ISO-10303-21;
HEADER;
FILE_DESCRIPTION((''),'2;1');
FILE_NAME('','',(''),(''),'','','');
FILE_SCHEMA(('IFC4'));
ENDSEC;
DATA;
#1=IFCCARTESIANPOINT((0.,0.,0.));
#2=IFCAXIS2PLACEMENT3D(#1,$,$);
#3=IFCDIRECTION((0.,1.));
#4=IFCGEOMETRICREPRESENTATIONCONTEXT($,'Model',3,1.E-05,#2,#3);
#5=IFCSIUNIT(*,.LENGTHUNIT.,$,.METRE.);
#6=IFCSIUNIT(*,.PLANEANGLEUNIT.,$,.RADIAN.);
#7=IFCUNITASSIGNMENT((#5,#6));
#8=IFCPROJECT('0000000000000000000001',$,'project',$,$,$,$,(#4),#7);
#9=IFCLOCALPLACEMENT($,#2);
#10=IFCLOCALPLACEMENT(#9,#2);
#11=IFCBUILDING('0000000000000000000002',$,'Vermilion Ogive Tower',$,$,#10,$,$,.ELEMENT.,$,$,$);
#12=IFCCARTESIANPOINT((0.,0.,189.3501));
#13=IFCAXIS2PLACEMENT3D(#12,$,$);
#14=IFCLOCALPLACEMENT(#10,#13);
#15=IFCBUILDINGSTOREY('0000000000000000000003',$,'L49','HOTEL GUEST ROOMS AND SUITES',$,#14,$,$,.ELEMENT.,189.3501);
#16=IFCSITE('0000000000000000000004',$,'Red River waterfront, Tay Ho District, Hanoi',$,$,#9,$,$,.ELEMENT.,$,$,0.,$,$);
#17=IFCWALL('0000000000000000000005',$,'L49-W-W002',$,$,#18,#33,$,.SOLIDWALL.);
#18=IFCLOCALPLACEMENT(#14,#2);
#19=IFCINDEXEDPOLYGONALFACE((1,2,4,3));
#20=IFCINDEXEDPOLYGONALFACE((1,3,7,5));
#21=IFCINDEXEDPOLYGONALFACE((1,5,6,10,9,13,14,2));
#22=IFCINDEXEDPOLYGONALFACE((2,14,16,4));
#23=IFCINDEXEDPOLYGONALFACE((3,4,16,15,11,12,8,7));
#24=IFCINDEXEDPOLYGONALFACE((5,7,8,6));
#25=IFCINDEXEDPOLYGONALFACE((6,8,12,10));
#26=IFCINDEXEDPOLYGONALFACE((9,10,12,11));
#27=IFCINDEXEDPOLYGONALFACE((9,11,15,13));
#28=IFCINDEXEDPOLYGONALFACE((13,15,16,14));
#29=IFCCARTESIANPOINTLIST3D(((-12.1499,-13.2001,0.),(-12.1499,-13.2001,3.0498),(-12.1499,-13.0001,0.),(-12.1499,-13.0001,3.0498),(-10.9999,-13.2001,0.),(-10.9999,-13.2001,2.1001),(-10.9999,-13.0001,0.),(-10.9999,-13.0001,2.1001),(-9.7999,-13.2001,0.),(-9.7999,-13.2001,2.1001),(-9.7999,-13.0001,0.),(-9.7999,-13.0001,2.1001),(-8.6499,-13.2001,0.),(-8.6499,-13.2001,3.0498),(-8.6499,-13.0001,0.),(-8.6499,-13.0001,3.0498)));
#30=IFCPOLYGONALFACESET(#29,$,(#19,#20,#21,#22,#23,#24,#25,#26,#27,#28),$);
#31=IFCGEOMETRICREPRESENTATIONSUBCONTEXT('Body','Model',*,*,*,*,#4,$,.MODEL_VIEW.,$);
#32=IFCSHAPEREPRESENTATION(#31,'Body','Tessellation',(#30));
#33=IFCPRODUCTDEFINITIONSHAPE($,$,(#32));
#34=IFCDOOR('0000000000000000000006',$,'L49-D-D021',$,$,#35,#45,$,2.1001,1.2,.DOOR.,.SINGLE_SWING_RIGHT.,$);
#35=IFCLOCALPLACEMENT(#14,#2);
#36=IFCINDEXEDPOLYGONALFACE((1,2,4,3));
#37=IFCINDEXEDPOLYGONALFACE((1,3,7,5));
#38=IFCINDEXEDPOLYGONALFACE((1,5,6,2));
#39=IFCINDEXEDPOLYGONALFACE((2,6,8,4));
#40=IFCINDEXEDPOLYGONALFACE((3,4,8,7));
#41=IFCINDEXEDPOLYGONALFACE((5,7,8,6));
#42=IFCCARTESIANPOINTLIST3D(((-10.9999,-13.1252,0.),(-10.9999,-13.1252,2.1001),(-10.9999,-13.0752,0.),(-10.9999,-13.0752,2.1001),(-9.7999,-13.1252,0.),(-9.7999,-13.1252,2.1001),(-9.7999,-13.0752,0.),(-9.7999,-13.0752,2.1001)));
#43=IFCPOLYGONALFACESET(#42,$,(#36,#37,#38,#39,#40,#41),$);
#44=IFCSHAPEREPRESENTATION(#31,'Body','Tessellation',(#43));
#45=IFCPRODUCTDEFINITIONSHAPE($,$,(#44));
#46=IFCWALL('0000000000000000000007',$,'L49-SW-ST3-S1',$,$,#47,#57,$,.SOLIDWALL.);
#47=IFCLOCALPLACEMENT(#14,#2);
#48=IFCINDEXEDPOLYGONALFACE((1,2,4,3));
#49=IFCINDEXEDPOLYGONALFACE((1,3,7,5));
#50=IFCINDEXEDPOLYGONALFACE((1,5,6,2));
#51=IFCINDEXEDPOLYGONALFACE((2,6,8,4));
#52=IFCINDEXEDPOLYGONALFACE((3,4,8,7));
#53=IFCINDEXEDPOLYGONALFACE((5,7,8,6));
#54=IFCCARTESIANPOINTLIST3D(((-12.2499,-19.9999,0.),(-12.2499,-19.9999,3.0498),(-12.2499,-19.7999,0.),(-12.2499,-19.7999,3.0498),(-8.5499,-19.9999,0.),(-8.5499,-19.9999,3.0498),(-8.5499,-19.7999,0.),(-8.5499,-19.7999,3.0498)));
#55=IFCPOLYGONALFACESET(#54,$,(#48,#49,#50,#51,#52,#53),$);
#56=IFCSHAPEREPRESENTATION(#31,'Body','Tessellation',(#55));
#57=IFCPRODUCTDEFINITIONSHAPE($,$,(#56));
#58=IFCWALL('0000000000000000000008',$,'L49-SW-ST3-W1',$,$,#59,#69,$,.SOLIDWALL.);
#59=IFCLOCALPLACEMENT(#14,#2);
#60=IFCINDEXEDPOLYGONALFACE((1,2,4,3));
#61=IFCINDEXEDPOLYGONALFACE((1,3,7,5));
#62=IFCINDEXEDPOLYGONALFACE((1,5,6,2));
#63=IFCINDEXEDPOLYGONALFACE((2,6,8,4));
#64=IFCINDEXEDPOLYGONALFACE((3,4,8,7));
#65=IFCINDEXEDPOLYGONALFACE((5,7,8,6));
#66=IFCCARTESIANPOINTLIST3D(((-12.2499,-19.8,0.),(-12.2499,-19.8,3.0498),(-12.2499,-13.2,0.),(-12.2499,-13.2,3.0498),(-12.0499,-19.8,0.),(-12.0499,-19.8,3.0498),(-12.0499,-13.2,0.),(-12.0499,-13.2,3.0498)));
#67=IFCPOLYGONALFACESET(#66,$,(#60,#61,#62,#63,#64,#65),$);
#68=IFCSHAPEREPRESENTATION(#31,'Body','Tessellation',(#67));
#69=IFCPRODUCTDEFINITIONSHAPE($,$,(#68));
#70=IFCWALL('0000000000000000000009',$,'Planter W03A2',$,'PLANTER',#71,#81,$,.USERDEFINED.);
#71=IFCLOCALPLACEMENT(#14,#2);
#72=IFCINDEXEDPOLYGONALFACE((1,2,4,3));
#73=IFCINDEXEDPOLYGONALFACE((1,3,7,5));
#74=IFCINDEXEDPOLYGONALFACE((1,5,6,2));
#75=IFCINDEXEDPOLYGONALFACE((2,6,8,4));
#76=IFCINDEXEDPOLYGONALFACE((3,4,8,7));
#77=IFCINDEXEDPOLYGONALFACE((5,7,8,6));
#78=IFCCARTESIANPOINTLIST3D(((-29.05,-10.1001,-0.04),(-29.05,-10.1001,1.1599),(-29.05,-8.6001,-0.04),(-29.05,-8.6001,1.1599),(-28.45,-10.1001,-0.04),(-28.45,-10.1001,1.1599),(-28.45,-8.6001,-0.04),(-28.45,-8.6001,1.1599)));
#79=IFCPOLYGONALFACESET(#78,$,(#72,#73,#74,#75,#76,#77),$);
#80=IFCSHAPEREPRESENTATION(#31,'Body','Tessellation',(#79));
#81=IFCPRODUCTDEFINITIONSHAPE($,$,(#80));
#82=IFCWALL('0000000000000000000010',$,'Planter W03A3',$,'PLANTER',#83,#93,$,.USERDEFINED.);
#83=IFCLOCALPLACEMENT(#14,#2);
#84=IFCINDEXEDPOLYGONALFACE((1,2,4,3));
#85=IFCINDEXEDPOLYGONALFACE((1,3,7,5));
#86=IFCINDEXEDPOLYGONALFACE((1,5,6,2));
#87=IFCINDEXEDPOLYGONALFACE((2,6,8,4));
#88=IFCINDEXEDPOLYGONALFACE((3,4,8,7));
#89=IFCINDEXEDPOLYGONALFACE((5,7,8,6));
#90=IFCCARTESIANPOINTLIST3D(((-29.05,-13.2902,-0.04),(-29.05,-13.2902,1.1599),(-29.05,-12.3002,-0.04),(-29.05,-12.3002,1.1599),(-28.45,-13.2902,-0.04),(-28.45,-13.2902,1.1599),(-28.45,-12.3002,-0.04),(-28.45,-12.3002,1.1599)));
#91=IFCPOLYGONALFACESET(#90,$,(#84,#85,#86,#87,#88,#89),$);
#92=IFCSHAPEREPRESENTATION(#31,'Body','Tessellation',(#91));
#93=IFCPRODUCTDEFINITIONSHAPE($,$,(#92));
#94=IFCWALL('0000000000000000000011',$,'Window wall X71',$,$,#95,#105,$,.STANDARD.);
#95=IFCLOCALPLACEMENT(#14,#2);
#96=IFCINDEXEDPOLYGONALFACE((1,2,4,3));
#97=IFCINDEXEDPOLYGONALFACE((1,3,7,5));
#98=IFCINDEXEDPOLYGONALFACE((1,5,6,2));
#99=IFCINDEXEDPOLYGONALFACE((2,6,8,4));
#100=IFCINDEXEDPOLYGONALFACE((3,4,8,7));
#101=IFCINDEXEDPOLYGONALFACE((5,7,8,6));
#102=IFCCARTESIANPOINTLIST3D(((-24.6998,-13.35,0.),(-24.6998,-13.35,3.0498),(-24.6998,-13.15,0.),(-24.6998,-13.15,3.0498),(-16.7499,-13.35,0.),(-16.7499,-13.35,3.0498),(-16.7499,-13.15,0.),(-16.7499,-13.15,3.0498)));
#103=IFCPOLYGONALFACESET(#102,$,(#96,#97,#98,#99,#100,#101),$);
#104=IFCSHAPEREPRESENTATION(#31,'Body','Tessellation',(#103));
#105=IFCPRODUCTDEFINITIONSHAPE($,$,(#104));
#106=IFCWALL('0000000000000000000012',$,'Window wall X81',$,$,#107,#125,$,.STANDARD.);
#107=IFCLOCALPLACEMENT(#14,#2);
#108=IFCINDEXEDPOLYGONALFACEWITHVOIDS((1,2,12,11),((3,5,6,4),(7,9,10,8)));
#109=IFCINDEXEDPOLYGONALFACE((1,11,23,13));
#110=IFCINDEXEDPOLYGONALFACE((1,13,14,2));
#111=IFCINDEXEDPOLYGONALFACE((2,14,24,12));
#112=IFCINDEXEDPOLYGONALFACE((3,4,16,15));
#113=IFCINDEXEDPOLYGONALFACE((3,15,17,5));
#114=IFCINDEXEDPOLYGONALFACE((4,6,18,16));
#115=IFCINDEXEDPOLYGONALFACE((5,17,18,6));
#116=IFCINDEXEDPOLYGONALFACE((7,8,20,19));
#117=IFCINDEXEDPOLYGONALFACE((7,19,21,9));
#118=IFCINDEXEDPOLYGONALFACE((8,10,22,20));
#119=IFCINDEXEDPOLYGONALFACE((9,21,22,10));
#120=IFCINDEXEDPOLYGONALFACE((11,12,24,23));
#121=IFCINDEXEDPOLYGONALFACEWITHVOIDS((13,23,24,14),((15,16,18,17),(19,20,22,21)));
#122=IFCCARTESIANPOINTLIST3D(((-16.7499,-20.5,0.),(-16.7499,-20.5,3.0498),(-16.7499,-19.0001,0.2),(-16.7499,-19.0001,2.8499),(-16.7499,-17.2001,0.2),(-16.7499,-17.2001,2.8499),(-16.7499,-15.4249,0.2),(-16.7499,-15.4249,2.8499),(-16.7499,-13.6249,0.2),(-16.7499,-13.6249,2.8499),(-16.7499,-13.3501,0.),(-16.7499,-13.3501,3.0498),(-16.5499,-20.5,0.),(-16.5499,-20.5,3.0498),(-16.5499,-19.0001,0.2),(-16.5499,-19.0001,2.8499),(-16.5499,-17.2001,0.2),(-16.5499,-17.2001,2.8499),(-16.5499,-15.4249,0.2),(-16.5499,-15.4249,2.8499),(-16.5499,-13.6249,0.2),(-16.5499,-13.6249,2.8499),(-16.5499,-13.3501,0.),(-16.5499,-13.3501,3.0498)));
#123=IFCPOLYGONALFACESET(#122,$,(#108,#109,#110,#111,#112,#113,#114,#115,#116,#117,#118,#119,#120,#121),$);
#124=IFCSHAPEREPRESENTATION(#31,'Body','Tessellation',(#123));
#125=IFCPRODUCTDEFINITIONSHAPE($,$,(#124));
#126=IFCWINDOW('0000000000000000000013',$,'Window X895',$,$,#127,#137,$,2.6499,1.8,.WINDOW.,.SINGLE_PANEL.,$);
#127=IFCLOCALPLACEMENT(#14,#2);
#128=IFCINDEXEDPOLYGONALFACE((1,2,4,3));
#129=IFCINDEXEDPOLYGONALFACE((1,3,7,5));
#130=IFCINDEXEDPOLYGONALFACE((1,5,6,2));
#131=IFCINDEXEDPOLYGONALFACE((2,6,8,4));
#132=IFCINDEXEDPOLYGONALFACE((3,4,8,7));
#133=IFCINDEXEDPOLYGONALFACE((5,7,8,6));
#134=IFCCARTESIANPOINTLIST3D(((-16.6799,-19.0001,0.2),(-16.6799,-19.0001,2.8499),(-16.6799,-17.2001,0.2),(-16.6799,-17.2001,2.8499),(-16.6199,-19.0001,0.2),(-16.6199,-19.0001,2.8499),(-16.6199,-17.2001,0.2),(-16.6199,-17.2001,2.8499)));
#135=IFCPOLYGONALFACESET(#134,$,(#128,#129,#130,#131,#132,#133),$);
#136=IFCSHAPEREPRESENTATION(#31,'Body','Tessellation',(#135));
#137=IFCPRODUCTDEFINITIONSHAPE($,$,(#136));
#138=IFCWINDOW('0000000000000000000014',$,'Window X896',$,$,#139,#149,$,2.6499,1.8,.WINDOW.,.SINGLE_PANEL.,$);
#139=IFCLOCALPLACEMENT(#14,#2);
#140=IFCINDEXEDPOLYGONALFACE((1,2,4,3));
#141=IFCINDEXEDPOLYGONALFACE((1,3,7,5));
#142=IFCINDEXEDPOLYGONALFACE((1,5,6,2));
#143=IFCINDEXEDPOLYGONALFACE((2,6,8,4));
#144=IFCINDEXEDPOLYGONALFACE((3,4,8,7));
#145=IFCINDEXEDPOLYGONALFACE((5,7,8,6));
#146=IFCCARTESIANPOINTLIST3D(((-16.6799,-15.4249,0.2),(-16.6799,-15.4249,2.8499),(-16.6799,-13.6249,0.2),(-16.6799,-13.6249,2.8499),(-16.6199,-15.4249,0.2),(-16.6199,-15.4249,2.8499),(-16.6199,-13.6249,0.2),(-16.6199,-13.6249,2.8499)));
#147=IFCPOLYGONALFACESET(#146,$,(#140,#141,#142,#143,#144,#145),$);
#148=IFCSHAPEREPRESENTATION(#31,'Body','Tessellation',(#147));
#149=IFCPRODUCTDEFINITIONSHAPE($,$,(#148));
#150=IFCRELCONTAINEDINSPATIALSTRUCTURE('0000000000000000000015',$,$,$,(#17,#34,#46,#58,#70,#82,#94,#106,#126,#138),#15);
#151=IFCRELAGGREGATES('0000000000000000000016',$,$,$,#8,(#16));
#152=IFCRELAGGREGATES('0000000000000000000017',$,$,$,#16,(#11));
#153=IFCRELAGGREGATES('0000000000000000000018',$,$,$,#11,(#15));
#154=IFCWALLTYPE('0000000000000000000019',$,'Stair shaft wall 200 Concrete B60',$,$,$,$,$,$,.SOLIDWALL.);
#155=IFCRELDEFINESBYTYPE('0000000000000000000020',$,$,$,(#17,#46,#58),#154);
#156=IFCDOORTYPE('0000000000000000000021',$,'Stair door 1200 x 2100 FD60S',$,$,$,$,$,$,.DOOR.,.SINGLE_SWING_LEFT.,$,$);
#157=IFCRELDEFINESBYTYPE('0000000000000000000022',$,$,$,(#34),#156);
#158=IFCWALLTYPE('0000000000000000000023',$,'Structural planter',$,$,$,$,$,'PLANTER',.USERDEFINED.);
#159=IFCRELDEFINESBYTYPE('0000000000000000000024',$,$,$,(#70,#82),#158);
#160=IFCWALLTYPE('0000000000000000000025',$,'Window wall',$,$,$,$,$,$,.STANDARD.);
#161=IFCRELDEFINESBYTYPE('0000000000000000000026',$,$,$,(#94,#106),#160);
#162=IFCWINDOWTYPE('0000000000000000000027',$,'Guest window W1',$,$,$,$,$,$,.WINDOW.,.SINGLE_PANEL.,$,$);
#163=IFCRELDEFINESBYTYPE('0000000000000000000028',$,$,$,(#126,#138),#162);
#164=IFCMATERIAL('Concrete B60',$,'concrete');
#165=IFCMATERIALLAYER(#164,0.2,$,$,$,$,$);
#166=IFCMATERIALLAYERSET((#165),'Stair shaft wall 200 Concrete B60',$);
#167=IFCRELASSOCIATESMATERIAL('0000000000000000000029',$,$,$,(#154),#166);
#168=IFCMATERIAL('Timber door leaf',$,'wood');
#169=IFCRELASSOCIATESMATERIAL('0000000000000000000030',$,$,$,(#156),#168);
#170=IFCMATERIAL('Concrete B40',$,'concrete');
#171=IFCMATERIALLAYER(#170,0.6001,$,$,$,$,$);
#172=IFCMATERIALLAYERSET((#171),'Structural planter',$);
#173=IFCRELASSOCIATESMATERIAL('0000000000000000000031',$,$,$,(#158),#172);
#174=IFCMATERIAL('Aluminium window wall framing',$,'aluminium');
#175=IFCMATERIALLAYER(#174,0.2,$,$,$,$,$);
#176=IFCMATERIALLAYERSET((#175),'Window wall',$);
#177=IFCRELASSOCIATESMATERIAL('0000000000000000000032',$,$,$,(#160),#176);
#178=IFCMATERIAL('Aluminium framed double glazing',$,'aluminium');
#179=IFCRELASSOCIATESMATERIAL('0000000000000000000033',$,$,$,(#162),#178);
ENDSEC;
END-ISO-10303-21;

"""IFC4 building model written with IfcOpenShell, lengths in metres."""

from ifc_helpers import new_model, si_unit, direction, frame, frame_2d, origin, place, context, subcontext, project, spatial, rectangle, extrude, material, layer, layer_set, type_object, element, fill, save


model = new_model("IFC4")

# Units and contexts
model_context = context("Model", 3, precision=1e-05, world=origin(), true_north=direction((0.0, 1.0)))
body_context = subcontext(model_context, "Body", "Model", "MODEL_VIEW")
ifc_project = project(units=[si_unit("LENGTHUNIT", "METRE"), si_unit("PLANEANGLEUNIT", "RADIAN")], contexts=[model_context])

# Site, building, storey
site_placement = place(None, origin())
site = spatial("IfcSite", under=ifc_project, at=site_placement, Name="Red River waterfront, Tay Ho District, Hanoi", CompositionType="ELEMENT", RefElevation=0.0)
building_placement = place(site_placement, origin())
building = spatial("IfcBuilding", under=site, at=building_placement, Name="Vermilion Ogive Tower", CompositionType="ELEMENT")
storey_placement = place(building_placement, frame((0.0, 0.0, 189.3501)))
storey = spatial("IfcBuildingStorey", under=building, at=storey_placement, Name="L49", Description="HOTEL GUEST ROOMS AND SUITES", CompositionType="ELEMENT", Elevation=189.3501)

# Wall, opening, door
ifc_material_1 = material(Name="Concrete B60", Category="concrete")
ifc_layer_1 = layer(ifc_material_1, 0.2)
ifc_layer_set_1 = layer_set([ifc_layer_1], Name="Stair shaft wall 200 Concrete B60")
wall_type_1 = type_object("IfcWallType", Name="Stair shaft wall 200 Concrete B60", PredefinedType="SOLIDWALL", material=ifc_layer_set_1)
wall_1_placement = place(storey_placement, frame((-12.1499, -13.1001, 0.0), z_axis=(0.0, 0.0, 1.0), x_axis=(1.0, 0.0, 0.0)))
wall_1 = element("IfcWall", 1, at=wall_1_placement, inside=storey, type_object=wall_type_1, Name="L49-W-W002", PredefinedType="SOLIDWALL", context=body_context, shape_type="SweptSolid", body=[
    extrude(rectangle(XDim=3.5, YDim=0.2, at=frame_2d((1.75, 0.0))), origin(), (0.0, 0.0, 1.0), 3.0498),
])
opening_1_placement = place(wall_1_placement, frame((1.1499, 0.0, 0.0)))
opening_1 = element("IfcOpeningElement", 2, at=opening_1_placement, cuts=wall_1, PredefinedType="OPENING", context=body_context, shape_type="SweptSolid", body=[
    extrude(rectangle(XDim=1.2, YDim=2.1001, at=frame_2d((0.6001, 1.05))), frame((0.0, 0.1099, 0.0), z_axis=(0.0, -1.0, 0.0), x_axis=(1.0, 0.0, 0.0)), (0.0, 0.0, 1.0), 0.22),
])
ifc_material_2 = material(Name="Timber door leaf", Category="wood")
door_type_1 = type_object("IfcDoorType", Name="Stair door 1200 x 2100 FD60S", OperationType="SINGLE_SWING_LEFT", PredefinedType="DOOR", material=ifc_material_2)
door_1_placement = place(opening_1_placement, origin())
door_1 = element("IfcDoor", 3, at=door_1_placement, inside=storey, type_object=door_type_1, Name="L49-D-D021", OperationType="SINGLE_SWING_RIGHT", OverallHeight=2.1001, OverallWidth=1.2, PredefinedType="DOOR", context=body_context, shape_type="SweptSolid", body=[
    extrude(rectangle(XDim=1.2, YDim=2.1001, at=frame_2d((0.6001, 1.05))), frame((0.0, 0.0249, 0.0), z_axis=(0.0, -1.0, 0.0), x_axis=(1.0, 0.0, 0.0)), (0.0, 0.0, 1.0), 0.05),
])
fill(opening_1, door_1)

# Walls
wall_2_placement = place(storey_placement, frame((-12.25, -19.8999, 0.0), z_axis=(0.0, 0.0, 1.0), x_axis=(1.0, 0.0, 0.0)))
element("IfcWall", 4, at=wall_2_placement, inside=storey, type_object=wall_type_1, Name="L49-SW-ST3-S1", PredefinedType="SOLIDWALL", context=body_context, shape_type="SweptSolid", body=[
    extrude(rectangle(XDim=3.7, YDim=0.2, at=frame_2d((1.8501, 0.0))), origin(), (0.0, 0.0, 1.0), 3.0498),
])
wall_3_placement = place(storey_placement, frame((-12.1499, -19.8, 0.0), z_axis=(0.0, 0.0, 1.0), x_axis=(0.0, 1.0, 0.0)))
element("IfcWall", 5, at=wall_3_placement, inside=storey, type_object=wall_type_1, Name="L49-SW-ST3-W1", PredefinedType="SOLIDWALL", context=body_context, shape_type="SweptSolid", body=[
    extrude(rectangle(XDim=6.6001, YDim=0.2, at=frame_2d((3.3, 0.0))), origin(), (0.0, 0.0, 1.0), 3.0498),
])
ifc_material_3 = material(Name="Concrete B40", Category="concrete")
ifc_layer_2 = layer(ifc_material_3, 0.6001)
ifc_layer_set_2 = layer_set([ifc_layer_2], Name="Structural planter")
wall_type_2 = type_object("IfcWallType", Name="Structural planter", ElementType="PLANTER", PredefinedType="USERDEFINED", material=ifc_layer_set_2)
wall_4_placement = place(storey_placement, frame((-28.75, -8.6001, -0.04), z_axis=(0.0, 0.0, 1.0), x_axis=(0.0, -1.0, 0.0)))
element("IfcWall", 6, at=wall_4_placement, inside=storey, type_object=wall_type_2, Name="Planter W03A2", ObjectType="PLANTER", PredefinedType="USERDEFINED", context=body_context, shape_type="SweptSolid", body=[
    extrude(rectangle(XDim=1.5, YDim=0.6001, at=frame_2d((0.75, 0.0))), origin(), (0.0, 0.0, 1.0), 1.2),
])
wall_5_placement = place(storey_placement, frame((-28.75, -12.3, -0.04), z_axis=(0.0, 0.0, 1.0), x_axis=(0.0, -1.0, 0.0)))
element("IfcWall", 7, at=wall_5_placement, inside=storey, type_object=wall_type_2, Name="Planter W03A3", ObjectType="PLANTER", PredefinedType="USERDEFINED", context=body_context, shape_type="SweptSolid", body=[
    extrude(rectangle(XDim=0.99, YDim=0.6001, at=frame_2d((0.4951, 0.0))), origin(), (0.0, 0.0, 1.0), 1.2),
])
ifc_material_4 = material(Name="Aluminium window wall framing", Category="aluminium")
ifc_layer_3 = layer(ifc_material_4, 0.2)
ifc_layer_set_3 = layer_set([ifc_layer_3], Name="Window wall")
wall_type_3 = type_object("IfcWallType", Name="Window wall", PredefinedType="STANDARD", material=ifc_layer_set_3)
wall_6_placement = place(storey_placement, frame((-24.7, -13.25, 0.0), z_axis=(0.0, 0.0, 1.0), x_axis=(1.0, 0.0, 0.0)))
element("IfcWall", 8, at=wall_6_placement, inside=storey, type_object=wall_type_3, Name="Window wall X71", PredefinedType="STANDARD", context=body_context, shape_type="SweptSolid", body=[
    extrude(rectangle(XDim=7.95, YDim=0.2, at=frame_2d((3.9751, 0.0))), origin(), (0.0, 0.0, 1.0), 3.0498),
])

# Wall, openings, windows
wall_7_placement = place(storey_placement, frame((-16.6499, -13.3501, 0.0), z_axis=(0.0, 0.0, 1.0), x_axis=(0.0, -1.0, 0.0)))
wall_7 = element("IfcWall", 9, at=wall_7_placement, inside=storey, type_object=wall_type_3, Name="Window wall X81", PredefinedType="STANDARD", context=body_context, shape_type="SweptSolid", body=[
    extrude(rectangle(XDim=7.1499, YDim=0.2, at=frame_2d((3.575, 0.0))), origin(), (0.0, 0.0, 1.0), 3.0498),
])
opening_2_placement = place(wall_7_placement, frame((3.8501, 0.0, 0.2)))
opening_2 = element("IfcOpeningElement", 10, at=opening_2_placement, cuts=wall_7, PredefinedType="OPENING", context=body_context, shape_type="SweptSolid", body=[
    extrude(rectangle(XDim=1.8, YDim=2.6499, at=frame_2d((0.8999, 1.325))), frame((0.0, 0.1099, 0.0), z_axis=(0.0, -1.0, 0.0), x_axis=(1.0, 0.0, 0.0)), (0.0, 0.0, 1.0), 0.22),
])
opening_3_placement = place(wall_7_placement, frame((0.2749, 0.0, 0.2)))
opening_3 = element("IfcOpeningElement", 11, at=opening_3_placement, cuts=wall_7, PredefinedType="OPENING", context=body_context, shape_type="SweptSolid", body=[
    extrude(rectangle(XDim=1.8, YDim=2.6499, at=frame_2d((0.8999, 1.325))), frame((0.0, 0.1099, 0.0), z_axis=(0.0, -1.0, 0.0), x_axis=(1.0, 0.0, 0.0)), (0.0, 0.0, 1.0), 0.22),
])
ifc_material_5 = material(Name="Aluminium framed double glazing", Category="aluminium")
window_type = type_object("IfcWindowType", Name="Guest window W1", PartitioningType="SINGLE_PANEL", PredefinedType="WINDOW", material=ifc_material_5)
window_1_placement = place(opening_2_placement, origin())
window_1 = element("IfcWindow", 12, at=window_1_placement, inside=storey, type_object=window_type, Name="Window X895", OverallHeight=2.6499, OverallWidth=1.8, PartitioningType="SINGLE_PANEL", PredefinedType="WINDOW", context=body_context, shape_type="SweptSolid", body=[
    extrude(rectangle(XDim=1.8, YDim=2.6499, at=frame_2d((0.8999, 1.325))), frame((0.0, 0.03, 0.0), z_axis=(0.0, -1.0, 0.0), x_axis=(1.0, 0.0, 0.0)), (0.0, 0.0, 1.0), 0.0601),
])
fill(opening_2, window_1)
window_2_placement = place(opening_3_placement, origin())
window_2 = element("IfcWindow", 13, at=window_2_placement, inside=storey, type_object=window_type, Name="Window X896", OverallHeight=2.6499, OverallWidth=1.8, PartitioningType="SINGLE_PANEL", PredefinedType="WINDOW", context=body_context, shape_type="SweptSolid", body=[
    extrude(rectangle(XDim=1.8, YDim=2.6499, at=frame_2d((0.8999, 1.325))), frame((0.0, 0.03, 0.0), z_axis=(0.0, -1.0, 0.0), x_axis=(1.0, 0.0, 0.0)), (0.0, 0.0, 1.0), 0.0601),
])
fill(opening_3, window_2)

save(model, "model.ifc")
